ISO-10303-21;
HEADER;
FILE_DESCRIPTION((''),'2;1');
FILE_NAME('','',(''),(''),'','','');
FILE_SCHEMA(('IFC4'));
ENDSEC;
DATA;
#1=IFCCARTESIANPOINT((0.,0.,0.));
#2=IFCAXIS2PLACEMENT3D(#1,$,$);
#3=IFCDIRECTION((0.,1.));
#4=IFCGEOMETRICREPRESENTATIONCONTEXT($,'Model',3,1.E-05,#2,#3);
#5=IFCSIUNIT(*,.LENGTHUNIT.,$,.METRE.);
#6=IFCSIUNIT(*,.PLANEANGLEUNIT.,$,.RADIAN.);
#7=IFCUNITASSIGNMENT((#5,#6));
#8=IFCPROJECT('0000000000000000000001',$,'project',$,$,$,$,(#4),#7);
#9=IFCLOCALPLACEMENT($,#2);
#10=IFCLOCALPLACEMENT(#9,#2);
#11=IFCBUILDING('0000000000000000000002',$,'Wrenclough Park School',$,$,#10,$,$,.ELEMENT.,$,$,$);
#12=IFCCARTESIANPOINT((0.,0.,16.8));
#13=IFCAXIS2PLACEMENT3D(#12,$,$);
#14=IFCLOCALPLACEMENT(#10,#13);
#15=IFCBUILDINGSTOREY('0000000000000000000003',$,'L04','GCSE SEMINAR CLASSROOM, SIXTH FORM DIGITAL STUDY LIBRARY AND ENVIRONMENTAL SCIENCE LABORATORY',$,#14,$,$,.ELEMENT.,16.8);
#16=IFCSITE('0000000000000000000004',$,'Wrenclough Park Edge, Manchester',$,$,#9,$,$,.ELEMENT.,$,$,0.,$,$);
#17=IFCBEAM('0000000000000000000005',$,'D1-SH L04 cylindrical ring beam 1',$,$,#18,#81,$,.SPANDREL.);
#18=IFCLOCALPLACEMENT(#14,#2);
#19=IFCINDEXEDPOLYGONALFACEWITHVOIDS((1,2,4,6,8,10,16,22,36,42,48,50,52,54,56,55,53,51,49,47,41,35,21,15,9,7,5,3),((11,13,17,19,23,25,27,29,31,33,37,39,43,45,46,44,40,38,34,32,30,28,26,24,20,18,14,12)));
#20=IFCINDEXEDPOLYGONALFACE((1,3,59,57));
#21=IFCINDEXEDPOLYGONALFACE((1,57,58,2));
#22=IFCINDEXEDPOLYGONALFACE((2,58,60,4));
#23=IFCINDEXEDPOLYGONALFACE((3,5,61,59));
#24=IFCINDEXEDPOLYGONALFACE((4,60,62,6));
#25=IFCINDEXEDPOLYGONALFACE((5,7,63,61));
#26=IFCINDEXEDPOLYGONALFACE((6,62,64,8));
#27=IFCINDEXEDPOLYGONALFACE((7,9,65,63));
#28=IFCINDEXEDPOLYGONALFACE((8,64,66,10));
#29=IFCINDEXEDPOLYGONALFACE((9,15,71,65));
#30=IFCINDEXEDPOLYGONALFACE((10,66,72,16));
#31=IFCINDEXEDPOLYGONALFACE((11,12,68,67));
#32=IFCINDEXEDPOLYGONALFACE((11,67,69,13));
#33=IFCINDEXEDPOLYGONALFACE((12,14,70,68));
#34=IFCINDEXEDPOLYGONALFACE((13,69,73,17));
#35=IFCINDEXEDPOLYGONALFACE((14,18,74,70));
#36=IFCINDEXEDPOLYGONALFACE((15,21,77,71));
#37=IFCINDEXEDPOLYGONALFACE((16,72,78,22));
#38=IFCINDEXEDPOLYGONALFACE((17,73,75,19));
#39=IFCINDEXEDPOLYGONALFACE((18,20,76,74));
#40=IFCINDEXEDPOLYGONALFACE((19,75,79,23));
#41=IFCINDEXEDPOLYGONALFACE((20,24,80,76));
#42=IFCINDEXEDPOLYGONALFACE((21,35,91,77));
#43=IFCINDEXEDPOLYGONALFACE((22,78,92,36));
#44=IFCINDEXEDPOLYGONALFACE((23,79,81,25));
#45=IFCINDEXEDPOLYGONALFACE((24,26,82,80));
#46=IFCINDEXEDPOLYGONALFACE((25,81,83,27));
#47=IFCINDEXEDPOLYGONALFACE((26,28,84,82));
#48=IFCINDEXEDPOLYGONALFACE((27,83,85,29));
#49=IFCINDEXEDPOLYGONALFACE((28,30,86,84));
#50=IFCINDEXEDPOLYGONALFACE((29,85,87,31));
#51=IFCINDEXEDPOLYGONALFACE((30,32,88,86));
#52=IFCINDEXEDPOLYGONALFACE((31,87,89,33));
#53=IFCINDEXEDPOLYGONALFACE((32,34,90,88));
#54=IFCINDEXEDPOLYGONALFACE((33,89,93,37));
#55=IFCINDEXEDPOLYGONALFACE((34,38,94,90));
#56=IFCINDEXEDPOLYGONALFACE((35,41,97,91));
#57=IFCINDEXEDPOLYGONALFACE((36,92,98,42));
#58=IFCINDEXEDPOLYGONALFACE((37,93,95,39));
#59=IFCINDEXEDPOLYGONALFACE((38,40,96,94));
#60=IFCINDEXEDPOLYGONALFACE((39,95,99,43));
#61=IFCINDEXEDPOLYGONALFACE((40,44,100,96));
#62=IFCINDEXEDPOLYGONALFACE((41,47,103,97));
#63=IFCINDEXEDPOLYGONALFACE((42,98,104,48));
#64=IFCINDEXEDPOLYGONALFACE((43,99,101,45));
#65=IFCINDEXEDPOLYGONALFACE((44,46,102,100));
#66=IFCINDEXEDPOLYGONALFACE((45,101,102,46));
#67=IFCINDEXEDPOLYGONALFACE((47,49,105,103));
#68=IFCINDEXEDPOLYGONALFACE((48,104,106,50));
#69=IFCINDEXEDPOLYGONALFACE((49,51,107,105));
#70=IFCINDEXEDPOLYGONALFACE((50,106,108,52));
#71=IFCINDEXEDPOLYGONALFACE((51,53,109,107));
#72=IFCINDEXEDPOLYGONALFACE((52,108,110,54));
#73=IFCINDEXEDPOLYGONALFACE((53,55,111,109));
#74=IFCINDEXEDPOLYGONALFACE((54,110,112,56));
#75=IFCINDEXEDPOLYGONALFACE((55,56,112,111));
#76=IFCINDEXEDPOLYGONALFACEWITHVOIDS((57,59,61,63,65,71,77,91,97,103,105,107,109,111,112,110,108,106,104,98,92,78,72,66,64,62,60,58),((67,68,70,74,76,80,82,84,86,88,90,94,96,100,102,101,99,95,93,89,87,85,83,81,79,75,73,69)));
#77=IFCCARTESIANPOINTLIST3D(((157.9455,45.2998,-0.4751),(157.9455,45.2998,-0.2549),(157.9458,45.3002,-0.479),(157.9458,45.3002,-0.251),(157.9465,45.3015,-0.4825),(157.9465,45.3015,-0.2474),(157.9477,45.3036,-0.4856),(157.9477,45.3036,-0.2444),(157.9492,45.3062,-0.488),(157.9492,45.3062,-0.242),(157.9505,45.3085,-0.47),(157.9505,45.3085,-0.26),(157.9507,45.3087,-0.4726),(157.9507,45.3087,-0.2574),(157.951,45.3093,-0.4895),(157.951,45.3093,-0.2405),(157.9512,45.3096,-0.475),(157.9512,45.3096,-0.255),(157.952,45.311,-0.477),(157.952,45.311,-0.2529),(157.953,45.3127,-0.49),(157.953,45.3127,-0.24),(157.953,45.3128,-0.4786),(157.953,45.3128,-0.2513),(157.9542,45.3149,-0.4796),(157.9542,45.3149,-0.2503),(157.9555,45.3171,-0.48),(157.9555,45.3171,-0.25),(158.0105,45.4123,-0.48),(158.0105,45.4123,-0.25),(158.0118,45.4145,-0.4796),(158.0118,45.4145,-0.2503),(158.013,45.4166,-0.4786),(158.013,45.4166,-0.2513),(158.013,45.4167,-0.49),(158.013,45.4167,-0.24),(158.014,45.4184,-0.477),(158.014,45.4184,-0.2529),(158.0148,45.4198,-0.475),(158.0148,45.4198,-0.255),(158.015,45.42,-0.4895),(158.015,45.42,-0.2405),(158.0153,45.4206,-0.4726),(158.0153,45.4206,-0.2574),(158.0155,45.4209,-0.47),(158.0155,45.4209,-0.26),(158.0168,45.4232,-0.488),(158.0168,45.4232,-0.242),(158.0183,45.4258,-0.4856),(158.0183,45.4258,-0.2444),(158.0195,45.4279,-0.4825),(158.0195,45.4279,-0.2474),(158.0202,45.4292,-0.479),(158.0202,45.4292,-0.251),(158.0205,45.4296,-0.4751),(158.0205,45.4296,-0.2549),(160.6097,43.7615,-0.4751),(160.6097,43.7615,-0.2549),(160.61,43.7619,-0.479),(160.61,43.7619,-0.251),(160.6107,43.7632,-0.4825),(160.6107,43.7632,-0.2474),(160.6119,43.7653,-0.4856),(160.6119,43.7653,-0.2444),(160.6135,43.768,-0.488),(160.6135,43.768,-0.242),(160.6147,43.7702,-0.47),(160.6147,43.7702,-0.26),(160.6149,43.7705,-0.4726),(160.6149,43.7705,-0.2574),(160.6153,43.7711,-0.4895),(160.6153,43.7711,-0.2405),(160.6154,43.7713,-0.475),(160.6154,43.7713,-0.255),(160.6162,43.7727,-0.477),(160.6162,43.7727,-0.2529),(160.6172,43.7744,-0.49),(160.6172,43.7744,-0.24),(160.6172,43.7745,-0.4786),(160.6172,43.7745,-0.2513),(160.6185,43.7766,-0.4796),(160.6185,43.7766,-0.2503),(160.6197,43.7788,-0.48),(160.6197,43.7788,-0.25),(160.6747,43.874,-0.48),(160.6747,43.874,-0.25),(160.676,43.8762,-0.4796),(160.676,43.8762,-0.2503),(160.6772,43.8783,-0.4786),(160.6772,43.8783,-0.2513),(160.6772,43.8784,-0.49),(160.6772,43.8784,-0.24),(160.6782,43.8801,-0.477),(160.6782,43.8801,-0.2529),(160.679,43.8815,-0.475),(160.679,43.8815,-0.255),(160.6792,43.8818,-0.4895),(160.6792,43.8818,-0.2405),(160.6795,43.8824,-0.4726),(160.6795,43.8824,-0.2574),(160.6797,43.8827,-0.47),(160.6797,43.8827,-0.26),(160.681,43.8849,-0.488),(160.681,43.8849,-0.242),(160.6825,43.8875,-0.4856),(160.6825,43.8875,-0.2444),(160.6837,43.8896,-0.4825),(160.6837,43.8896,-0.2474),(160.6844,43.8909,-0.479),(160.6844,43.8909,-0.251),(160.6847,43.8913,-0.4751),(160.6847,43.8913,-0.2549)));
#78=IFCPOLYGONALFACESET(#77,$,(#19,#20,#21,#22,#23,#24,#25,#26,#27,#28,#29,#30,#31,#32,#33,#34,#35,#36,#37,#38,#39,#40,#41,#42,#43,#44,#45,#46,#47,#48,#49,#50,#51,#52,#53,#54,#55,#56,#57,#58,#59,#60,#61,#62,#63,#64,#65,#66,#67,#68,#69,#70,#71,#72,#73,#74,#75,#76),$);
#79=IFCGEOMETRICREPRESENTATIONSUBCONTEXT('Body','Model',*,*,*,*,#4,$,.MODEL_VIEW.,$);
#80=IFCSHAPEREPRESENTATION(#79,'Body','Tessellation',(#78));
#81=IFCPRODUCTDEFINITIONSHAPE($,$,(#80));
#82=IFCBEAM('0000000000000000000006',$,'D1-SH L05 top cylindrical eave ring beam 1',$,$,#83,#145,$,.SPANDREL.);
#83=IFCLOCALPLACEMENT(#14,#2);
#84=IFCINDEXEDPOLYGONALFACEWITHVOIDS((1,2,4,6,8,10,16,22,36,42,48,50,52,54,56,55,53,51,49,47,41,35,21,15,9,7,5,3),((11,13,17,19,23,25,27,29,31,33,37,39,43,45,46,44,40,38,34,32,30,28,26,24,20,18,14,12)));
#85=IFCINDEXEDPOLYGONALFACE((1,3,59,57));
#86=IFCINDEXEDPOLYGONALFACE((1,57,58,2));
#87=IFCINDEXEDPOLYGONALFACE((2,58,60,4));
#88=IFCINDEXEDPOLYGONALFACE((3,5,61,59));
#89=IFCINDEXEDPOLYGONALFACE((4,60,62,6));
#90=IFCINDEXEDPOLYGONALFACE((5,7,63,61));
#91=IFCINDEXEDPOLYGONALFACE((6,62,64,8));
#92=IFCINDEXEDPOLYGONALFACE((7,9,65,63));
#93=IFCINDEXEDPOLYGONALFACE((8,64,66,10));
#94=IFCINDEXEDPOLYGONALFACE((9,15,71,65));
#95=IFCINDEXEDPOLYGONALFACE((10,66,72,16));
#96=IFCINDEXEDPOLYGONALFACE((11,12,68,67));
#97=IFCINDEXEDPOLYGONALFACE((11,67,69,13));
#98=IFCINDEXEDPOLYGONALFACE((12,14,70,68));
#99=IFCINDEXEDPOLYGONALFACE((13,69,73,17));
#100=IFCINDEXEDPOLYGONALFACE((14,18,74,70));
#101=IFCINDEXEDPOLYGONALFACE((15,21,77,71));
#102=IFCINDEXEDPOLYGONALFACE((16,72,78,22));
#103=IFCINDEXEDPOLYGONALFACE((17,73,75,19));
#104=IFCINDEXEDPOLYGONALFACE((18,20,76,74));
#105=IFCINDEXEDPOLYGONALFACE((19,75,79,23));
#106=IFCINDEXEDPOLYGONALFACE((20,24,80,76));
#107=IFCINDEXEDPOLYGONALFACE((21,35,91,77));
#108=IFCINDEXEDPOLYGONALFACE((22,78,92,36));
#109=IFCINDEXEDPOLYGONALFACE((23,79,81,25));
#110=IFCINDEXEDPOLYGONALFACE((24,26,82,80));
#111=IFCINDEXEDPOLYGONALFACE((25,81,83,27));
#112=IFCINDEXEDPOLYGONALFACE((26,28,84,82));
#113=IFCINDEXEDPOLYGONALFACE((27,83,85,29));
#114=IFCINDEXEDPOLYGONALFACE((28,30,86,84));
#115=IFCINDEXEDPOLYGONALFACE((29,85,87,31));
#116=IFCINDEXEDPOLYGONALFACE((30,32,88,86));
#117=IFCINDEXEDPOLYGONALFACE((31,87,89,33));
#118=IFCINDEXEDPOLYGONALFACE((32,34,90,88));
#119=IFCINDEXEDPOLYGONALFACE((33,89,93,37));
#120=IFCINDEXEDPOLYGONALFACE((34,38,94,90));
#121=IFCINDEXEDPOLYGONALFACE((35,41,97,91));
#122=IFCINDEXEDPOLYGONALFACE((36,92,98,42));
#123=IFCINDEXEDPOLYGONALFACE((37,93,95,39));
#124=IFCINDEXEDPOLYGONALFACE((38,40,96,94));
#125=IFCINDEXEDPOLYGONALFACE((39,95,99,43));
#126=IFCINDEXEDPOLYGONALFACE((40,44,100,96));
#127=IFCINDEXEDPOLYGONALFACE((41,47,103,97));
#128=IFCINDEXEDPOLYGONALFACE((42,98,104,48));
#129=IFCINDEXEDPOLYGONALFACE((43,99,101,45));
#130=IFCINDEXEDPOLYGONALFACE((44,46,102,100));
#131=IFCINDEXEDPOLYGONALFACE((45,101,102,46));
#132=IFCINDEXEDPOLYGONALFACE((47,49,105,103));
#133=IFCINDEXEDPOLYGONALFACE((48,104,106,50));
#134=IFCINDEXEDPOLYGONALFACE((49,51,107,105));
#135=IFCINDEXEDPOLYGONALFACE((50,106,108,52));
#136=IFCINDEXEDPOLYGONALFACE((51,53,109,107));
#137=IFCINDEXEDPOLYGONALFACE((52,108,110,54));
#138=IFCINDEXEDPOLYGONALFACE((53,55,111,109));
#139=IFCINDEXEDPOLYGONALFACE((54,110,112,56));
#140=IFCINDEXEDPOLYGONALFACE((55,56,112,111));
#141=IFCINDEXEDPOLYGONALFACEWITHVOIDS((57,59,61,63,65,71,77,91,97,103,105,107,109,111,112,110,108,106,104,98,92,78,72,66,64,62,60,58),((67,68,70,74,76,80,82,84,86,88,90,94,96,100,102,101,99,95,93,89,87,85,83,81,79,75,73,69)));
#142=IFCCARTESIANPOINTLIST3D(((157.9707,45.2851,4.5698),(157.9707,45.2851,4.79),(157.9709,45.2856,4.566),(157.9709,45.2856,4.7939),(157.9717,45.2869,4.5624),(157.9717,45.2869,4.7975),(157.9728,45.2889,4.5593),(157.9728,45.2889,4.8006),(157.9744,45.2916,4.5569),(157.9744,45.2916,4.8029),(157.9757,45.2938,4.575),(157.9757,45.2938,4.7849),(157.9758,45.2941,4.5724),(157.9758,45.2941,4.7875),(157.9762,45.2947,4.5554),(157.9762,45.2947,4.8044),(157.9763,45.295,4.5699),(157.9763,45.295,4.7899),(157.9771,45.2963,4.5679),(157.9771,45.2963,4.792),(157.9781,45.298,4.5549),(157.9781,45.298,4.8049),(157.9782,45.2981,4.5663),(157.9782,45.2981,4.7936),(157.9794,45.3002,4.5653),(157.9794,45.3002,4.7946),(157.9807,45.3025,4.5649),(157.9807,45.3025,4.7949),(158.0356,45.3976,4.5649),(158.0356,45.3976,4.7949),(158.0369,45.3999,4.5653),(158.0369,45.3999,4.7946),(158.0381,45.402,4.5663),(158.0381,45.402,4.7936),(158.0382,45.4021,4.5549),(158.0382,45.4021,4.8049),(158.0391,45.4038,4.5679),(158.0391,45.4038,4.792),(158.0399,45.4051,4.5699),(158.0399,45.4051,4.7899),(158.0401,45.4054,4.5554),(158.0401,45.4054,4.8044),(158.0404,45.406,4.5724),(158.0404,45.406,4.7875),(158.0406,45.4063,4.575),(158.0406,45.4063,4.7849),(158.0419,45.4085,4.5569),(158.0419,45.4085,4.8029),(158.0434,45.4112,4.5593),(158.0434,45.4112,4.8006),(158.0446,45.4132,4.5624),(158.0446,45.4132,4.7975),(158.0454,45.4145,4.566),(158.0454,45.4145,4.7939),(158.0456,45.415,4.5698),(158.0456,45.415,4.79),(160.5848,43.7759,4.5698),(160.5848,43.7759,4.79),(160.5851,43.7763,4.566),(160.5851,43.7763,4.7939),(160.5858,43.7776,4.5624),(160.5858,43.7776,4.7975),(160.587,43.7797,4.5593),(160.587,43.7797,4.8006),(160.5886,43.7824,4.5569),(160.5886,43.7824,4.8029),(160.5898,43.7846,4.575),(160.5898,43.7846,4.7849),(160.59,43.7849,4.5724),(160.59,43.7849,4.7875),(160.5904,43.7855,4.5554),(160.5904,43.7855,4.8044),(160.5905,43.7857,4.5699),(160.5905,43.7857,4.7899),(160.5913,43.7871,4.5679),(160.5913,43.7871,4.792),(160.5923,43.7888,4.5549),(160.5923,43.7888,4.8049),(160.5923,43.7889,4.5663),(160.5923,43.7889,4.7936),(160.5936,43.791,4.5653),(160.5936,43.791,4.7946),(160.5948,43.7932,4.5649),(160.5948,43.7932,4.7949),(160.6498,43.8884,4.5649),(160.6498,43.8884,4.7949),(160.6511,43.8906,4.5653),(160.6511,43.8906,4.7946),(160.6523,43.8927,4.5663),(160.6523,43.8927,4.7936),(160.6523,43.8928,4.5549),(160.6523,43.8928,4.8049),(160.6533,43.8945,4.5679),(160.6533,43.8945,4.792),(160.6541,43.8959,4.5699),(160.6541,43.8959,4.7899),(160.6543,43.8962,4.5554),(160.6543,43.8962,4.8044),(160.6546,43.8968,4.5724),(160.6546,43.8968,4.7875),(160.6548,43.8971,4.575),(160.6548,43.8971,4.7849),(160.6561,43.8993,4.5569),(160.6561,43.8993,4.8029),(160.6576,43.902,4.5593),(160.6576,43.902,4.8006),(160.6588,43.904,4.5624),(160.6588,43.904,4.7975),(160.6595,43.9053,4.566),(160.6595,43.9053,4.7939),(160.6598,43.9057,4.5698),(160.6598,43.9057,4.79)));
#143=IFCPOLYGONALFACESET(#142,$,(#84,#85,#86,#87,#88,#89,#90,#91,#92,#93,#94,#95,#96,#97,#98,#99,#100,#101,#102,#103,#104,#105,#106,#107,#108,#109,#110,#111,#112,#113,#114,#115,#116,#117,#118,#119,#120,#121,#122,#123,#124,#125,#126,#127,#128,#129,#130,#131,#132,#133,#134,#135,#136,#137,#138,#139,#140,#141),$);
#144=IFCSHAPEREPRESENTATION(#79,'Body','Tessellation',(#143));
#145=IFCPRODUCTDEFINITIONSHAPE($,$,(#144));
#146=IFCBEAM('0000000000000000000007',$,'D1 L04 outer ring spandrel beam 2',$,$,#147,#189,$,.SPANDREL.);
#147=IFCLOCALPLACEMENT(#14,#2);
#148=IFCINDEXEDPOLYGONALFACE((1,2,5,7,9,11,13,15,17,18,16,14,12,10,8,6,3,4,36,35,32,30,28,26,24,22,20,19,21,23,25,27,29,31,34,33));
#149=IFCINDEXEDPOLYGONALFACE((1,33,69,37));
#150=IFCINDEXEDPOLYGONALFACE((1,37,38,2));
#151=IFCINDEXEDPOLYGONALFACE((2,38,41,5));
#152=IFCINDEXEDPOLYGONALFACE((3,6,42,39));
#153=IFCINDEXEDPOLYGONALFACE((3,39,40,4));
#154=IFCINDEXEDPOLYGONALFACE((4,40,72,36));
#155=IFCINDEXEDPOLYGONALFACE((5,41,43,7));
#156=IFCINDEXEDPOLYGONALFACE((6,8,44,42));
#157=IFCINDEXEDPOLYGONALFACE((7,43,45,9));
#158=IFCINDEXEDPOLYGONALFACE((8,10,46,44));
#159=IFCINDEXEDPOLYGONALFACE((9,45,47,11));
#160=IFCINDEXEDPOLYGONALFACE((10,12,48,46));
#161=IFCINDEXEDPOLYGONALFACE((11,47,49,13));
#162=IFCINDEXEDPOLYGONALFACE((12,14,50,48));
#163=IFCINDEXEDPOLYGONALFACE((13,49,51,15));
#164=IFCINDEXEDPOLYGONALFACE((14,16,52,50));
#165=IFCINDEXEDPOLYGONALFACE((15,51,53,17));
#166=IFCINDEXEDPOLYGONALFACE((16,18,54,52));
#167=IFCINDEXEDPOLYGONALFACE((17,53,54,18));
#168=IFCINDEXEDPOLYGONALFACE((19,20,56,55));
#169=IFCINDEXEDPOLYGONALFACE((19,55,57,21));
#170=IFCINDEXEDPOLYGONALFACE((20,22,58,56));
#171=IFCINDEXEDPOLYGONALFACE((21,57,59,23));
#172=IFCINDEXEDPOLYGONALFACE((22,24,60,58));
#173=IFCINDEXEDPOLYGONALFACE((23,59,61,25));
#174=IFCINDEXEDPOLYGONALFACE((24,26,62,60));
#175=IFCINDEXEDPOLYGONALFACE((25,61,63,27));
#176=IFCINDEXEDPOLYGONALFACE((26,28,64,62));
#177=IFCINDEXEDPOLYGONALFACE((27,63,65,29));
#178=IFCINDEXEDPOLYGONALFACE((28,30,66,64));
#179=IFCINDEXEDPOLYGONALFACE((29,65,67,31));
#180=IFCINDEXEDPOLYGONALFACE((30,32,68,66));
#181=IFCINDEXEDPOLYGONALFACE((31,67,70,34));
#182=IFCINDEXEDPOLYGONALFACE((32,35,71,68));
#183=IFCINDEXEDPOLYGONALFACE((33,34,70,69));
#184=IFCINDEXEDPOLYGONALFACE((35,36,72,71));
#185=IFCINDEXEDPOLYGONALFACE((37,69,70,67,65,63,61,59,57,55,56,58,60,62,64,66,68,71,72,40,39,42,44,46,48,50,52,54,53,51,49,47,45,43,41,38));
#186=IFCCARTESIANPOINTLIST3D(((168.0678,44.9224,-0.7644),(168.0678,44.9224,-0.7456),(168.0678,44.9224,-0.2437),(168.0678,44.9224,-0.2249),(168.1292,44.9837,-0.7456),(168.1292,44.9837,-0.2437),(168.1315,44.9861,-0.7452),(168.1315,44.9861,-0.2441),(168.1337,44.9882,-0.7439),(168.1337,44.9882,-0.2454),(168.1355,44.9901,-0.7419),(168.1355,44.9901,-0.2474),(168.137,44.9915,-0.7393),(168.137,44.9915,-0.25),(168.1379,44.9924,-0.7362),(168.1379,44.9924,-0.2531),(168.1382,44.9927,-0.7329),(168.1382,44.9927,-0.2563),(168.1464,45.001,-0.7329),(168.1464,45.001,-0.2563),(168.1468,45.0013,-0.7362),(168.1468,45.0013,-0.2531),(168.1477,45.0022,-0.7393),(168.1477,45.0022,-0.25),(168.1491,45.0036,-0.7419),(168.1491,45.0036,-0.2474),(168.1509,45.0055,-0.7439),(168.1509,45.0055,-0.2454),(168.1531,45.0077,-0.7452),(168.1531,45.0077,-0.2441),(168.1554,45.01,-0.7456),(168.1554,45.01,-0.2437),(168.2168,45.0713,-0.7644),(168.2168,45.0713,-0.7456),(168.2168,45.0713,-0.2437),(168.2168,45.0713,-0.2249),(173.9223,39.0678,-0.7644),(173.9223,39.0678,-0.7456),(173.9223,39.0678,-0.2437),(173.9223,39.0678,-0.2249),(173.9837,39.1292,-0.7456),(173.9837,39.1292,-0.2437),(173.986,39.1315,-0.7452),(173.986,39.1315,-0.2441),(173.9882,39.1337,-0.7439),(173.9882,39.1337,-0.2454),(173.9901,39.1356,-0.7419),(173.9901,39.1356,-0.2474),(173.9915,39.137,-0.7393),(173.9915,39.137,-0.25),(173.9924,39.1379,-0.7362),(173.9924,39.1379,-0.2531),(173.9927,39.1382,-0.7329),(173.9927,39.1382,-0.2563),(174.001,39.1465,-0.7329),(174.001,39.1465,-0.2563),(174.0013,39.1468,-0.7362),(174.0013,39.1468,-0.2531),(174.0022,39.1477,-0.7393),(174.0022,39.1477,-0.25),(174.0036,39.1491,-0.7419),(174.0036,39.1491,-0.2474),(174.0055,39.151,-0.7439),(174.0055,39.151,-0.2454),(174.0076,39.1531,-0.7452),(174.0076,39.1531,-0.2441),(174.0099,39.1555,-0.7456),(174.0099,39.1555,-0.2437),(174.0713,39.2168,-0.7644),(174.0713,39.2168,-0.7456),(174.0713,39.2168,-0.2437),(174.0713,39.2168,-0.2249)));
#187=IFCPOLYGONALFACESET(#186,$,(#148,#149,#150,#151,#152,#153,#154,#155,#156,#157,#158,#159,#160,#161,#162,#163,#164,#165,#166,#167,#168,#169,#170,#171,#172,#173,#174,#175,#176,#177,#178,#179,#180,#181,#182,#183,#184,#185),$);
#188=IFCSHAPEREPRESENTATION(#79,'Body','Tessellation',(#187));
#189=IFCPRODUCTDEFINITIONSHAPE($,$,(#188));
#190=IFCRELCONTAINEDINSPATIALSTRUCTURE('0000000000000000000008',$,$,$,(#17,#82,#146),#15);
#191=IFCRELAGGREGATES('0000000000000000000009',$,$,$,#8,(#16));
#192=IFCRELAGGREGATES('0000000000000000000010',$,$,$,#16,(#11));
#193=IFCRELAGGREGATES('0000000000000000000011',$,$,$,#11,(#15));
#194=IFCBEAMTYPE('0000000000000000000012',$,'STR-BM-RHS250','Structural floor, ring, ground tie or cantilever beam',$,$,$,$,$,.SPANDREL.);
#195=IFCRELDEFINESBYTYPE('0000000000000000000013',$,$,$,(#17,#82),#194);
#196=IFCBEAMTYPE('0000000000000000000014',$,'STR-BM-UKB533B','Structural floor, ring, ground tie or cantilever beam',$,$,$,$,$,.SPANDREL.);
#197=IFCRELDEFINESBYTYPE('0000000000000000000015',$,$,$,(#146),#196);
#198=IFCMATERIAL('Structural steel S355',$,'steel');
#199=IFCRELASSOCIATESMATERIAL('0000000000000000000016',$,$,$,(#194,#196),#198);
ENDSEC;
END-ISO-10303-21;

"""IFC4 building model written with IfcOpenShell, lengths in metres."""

from ifc_helpers import new_model, si_unit, direction, frame, origin, origin_2d, place, context, subcontext, project, spatial, hollow_rectangle, i_section, extrude, material, material_profile, profile_set, type_object, element, save


model = new_model("IFC4")

# Units and contexts
model_context = context("Model", 3, precision=1e-05, world=origin(), true_north=direction((0.0, 1.0)))
body_context = subcontext(model_context, "Body", "Model", "MODEL_VIEW")
ifc_project = project(units=[si_unit("LENGTHUNIT", "METRE"), si_unit("PLANEANGLEUNIT", "RADIAN")], contexts=[model_context])

# Site, building, storey
site_placement = place(None, origin())
site = spatial("IfcSite", under=ifc_project, at=site_placement, Name="Wrenclough Park Edge, Manchester", CompositionType="ELEMENT", RefElevation=0.0)
building_placement = place(site_placement, origin())
building = spatial("IfcBuilding", under=site, at=building_placement, Name="Wrenclough Park School", CompositionType="ELEMENT")
storey_placement = place(building_placement, frame((0.0, 0.0, 16.8)))
storey = spatial("IfcBuildingStorey", under=building, at=storey_placement, Name="L04", Description="GCSE SEMINAR CLASSROOM, SIXTH FORM DIGITAL STUDY LIBRARY AND ENVIRONMENTAL SCIENCE LABORATORY", CompositionType="ELEMENT", Elevation=16.8)

# Shared definitions
ifc_material_1 = material(Name="Structural steel S355", Category="steel")

# Beams
ifc_material_profile_1 = material_profile(ifc_material_1, hollow_rectangle(XDim=0.1499, YDim=0.25, WallThickness=0.01, InnerFilletRadius=0.01, OuterFilletRadius=0.0149, at=origin_2d()), Name="RHS 250x150x10.0")
ifc_profile_set_1 = profile_set([ifc_material_profile_1], Name="Structural steel S355")
beam_type_1 = type_object("IfcBeamType", Name="STR-BM-RHS250", Description="Structural floor, ring, ground tie or cantilever beam", PredefinedType="SPANDREL", material=ifc_profile_set_1)
beam_1_placement = place(storey_placement, frame((160.6472, 43.8264, -0.365), z_axis=(-0.866012, 0.500022, 0.0), x_axis=(-0.500022, -0.866012, 0.0)))
element("IfcBeam", 1, at=beam_1_placement, inside=storey, type_object=beam_type_1, Name="D1-SH L04 cylindrical ring beam 1", PredefinedType="SPANDREL", context=body_context, shape_type="SweptSolid", body=[
    extrude(hollow_rectangle(XDim=0.1499, YDim=0.25, WallThickness=0.01, InnerFilletRadius=0.01, OuterFilletRadius=0.0149, at=origin_2d()), origin(), (0.0, 0.0, 1.0), 3.0764),
])
beam_2_placement = place(storey_placement, frame((160.6223, 43.8408, 4.6799), z_axis=(-0.866035, 0.499984, 0.0), x_axis=(-0.499984, -0.866035, 0.0)))
element("IfcBeam", 2, at=beam_2_placement, inside=storey, type_object=beam_type_1, Name="D1-SH L05 top cylindrical eave ring beam 1", PredefinedType="SPANDREL", context=body_context, shape_type="SweptSolid", body=[
    extrude(hollow_rectangle(XDim=0.1499, YDim=0.25, WallThickness=0.01, InnerFilletRadius=0.01, OuterFilletRadius=0.0149, at=origin_2d()), origin(), (0.0, 0.0, 1.0), 3.0186),
])
ifc_material_profile_2 = material_profile(ifc_material_1, i_section(OverallWidth=0.2107, OverallDepth=0.5396, WebThickness=0.0117, FlangeThickness=0.0188, FilletRadius=0.0127, at=origin_2d()), Name="UKB 533x210x109")
ifc_profile_set_2 = profile_set([ifc_material_profile_2], Name="Structural steel S355")
beam_type_2 = type_object("IfcBeamType", Name="STR-BM-UKB533B", Description="Structural floor, ring, ground tie or cantilever beam", PredefinedType="SPANDREL", material=ifc_profile_set_2)
for number, where, z_axis, x_axis, name in (
    (3, (173.9968, 39.1423, -0.4946), (-0.707107, 0.707107, 0.0), (-0.707107, -0.707107, 0.0), "D1 L04 outer ring spandrel beam 2"),
):
    element("IfcBeam", number, at=place(storey_placement, frame(where, z_axis=z_axis, x_axis=x_axis)), inside=storey, type_object=beam_type_2, Name=name, PredefinedType="SPANDREL", context=body_context, shape_type="SweptSolid", body=[
        extrude(i_section(OverallWidth=0.2107, OverallDepth=0.5396, WebThickness=0.0117, FlangeThickness=0.0188, FilletRadius=0.0127, at=origin_2d()), origin(), (0.0, 0.0, 1.0), 8.2795),
    ])

save(model, "model.ifc")
